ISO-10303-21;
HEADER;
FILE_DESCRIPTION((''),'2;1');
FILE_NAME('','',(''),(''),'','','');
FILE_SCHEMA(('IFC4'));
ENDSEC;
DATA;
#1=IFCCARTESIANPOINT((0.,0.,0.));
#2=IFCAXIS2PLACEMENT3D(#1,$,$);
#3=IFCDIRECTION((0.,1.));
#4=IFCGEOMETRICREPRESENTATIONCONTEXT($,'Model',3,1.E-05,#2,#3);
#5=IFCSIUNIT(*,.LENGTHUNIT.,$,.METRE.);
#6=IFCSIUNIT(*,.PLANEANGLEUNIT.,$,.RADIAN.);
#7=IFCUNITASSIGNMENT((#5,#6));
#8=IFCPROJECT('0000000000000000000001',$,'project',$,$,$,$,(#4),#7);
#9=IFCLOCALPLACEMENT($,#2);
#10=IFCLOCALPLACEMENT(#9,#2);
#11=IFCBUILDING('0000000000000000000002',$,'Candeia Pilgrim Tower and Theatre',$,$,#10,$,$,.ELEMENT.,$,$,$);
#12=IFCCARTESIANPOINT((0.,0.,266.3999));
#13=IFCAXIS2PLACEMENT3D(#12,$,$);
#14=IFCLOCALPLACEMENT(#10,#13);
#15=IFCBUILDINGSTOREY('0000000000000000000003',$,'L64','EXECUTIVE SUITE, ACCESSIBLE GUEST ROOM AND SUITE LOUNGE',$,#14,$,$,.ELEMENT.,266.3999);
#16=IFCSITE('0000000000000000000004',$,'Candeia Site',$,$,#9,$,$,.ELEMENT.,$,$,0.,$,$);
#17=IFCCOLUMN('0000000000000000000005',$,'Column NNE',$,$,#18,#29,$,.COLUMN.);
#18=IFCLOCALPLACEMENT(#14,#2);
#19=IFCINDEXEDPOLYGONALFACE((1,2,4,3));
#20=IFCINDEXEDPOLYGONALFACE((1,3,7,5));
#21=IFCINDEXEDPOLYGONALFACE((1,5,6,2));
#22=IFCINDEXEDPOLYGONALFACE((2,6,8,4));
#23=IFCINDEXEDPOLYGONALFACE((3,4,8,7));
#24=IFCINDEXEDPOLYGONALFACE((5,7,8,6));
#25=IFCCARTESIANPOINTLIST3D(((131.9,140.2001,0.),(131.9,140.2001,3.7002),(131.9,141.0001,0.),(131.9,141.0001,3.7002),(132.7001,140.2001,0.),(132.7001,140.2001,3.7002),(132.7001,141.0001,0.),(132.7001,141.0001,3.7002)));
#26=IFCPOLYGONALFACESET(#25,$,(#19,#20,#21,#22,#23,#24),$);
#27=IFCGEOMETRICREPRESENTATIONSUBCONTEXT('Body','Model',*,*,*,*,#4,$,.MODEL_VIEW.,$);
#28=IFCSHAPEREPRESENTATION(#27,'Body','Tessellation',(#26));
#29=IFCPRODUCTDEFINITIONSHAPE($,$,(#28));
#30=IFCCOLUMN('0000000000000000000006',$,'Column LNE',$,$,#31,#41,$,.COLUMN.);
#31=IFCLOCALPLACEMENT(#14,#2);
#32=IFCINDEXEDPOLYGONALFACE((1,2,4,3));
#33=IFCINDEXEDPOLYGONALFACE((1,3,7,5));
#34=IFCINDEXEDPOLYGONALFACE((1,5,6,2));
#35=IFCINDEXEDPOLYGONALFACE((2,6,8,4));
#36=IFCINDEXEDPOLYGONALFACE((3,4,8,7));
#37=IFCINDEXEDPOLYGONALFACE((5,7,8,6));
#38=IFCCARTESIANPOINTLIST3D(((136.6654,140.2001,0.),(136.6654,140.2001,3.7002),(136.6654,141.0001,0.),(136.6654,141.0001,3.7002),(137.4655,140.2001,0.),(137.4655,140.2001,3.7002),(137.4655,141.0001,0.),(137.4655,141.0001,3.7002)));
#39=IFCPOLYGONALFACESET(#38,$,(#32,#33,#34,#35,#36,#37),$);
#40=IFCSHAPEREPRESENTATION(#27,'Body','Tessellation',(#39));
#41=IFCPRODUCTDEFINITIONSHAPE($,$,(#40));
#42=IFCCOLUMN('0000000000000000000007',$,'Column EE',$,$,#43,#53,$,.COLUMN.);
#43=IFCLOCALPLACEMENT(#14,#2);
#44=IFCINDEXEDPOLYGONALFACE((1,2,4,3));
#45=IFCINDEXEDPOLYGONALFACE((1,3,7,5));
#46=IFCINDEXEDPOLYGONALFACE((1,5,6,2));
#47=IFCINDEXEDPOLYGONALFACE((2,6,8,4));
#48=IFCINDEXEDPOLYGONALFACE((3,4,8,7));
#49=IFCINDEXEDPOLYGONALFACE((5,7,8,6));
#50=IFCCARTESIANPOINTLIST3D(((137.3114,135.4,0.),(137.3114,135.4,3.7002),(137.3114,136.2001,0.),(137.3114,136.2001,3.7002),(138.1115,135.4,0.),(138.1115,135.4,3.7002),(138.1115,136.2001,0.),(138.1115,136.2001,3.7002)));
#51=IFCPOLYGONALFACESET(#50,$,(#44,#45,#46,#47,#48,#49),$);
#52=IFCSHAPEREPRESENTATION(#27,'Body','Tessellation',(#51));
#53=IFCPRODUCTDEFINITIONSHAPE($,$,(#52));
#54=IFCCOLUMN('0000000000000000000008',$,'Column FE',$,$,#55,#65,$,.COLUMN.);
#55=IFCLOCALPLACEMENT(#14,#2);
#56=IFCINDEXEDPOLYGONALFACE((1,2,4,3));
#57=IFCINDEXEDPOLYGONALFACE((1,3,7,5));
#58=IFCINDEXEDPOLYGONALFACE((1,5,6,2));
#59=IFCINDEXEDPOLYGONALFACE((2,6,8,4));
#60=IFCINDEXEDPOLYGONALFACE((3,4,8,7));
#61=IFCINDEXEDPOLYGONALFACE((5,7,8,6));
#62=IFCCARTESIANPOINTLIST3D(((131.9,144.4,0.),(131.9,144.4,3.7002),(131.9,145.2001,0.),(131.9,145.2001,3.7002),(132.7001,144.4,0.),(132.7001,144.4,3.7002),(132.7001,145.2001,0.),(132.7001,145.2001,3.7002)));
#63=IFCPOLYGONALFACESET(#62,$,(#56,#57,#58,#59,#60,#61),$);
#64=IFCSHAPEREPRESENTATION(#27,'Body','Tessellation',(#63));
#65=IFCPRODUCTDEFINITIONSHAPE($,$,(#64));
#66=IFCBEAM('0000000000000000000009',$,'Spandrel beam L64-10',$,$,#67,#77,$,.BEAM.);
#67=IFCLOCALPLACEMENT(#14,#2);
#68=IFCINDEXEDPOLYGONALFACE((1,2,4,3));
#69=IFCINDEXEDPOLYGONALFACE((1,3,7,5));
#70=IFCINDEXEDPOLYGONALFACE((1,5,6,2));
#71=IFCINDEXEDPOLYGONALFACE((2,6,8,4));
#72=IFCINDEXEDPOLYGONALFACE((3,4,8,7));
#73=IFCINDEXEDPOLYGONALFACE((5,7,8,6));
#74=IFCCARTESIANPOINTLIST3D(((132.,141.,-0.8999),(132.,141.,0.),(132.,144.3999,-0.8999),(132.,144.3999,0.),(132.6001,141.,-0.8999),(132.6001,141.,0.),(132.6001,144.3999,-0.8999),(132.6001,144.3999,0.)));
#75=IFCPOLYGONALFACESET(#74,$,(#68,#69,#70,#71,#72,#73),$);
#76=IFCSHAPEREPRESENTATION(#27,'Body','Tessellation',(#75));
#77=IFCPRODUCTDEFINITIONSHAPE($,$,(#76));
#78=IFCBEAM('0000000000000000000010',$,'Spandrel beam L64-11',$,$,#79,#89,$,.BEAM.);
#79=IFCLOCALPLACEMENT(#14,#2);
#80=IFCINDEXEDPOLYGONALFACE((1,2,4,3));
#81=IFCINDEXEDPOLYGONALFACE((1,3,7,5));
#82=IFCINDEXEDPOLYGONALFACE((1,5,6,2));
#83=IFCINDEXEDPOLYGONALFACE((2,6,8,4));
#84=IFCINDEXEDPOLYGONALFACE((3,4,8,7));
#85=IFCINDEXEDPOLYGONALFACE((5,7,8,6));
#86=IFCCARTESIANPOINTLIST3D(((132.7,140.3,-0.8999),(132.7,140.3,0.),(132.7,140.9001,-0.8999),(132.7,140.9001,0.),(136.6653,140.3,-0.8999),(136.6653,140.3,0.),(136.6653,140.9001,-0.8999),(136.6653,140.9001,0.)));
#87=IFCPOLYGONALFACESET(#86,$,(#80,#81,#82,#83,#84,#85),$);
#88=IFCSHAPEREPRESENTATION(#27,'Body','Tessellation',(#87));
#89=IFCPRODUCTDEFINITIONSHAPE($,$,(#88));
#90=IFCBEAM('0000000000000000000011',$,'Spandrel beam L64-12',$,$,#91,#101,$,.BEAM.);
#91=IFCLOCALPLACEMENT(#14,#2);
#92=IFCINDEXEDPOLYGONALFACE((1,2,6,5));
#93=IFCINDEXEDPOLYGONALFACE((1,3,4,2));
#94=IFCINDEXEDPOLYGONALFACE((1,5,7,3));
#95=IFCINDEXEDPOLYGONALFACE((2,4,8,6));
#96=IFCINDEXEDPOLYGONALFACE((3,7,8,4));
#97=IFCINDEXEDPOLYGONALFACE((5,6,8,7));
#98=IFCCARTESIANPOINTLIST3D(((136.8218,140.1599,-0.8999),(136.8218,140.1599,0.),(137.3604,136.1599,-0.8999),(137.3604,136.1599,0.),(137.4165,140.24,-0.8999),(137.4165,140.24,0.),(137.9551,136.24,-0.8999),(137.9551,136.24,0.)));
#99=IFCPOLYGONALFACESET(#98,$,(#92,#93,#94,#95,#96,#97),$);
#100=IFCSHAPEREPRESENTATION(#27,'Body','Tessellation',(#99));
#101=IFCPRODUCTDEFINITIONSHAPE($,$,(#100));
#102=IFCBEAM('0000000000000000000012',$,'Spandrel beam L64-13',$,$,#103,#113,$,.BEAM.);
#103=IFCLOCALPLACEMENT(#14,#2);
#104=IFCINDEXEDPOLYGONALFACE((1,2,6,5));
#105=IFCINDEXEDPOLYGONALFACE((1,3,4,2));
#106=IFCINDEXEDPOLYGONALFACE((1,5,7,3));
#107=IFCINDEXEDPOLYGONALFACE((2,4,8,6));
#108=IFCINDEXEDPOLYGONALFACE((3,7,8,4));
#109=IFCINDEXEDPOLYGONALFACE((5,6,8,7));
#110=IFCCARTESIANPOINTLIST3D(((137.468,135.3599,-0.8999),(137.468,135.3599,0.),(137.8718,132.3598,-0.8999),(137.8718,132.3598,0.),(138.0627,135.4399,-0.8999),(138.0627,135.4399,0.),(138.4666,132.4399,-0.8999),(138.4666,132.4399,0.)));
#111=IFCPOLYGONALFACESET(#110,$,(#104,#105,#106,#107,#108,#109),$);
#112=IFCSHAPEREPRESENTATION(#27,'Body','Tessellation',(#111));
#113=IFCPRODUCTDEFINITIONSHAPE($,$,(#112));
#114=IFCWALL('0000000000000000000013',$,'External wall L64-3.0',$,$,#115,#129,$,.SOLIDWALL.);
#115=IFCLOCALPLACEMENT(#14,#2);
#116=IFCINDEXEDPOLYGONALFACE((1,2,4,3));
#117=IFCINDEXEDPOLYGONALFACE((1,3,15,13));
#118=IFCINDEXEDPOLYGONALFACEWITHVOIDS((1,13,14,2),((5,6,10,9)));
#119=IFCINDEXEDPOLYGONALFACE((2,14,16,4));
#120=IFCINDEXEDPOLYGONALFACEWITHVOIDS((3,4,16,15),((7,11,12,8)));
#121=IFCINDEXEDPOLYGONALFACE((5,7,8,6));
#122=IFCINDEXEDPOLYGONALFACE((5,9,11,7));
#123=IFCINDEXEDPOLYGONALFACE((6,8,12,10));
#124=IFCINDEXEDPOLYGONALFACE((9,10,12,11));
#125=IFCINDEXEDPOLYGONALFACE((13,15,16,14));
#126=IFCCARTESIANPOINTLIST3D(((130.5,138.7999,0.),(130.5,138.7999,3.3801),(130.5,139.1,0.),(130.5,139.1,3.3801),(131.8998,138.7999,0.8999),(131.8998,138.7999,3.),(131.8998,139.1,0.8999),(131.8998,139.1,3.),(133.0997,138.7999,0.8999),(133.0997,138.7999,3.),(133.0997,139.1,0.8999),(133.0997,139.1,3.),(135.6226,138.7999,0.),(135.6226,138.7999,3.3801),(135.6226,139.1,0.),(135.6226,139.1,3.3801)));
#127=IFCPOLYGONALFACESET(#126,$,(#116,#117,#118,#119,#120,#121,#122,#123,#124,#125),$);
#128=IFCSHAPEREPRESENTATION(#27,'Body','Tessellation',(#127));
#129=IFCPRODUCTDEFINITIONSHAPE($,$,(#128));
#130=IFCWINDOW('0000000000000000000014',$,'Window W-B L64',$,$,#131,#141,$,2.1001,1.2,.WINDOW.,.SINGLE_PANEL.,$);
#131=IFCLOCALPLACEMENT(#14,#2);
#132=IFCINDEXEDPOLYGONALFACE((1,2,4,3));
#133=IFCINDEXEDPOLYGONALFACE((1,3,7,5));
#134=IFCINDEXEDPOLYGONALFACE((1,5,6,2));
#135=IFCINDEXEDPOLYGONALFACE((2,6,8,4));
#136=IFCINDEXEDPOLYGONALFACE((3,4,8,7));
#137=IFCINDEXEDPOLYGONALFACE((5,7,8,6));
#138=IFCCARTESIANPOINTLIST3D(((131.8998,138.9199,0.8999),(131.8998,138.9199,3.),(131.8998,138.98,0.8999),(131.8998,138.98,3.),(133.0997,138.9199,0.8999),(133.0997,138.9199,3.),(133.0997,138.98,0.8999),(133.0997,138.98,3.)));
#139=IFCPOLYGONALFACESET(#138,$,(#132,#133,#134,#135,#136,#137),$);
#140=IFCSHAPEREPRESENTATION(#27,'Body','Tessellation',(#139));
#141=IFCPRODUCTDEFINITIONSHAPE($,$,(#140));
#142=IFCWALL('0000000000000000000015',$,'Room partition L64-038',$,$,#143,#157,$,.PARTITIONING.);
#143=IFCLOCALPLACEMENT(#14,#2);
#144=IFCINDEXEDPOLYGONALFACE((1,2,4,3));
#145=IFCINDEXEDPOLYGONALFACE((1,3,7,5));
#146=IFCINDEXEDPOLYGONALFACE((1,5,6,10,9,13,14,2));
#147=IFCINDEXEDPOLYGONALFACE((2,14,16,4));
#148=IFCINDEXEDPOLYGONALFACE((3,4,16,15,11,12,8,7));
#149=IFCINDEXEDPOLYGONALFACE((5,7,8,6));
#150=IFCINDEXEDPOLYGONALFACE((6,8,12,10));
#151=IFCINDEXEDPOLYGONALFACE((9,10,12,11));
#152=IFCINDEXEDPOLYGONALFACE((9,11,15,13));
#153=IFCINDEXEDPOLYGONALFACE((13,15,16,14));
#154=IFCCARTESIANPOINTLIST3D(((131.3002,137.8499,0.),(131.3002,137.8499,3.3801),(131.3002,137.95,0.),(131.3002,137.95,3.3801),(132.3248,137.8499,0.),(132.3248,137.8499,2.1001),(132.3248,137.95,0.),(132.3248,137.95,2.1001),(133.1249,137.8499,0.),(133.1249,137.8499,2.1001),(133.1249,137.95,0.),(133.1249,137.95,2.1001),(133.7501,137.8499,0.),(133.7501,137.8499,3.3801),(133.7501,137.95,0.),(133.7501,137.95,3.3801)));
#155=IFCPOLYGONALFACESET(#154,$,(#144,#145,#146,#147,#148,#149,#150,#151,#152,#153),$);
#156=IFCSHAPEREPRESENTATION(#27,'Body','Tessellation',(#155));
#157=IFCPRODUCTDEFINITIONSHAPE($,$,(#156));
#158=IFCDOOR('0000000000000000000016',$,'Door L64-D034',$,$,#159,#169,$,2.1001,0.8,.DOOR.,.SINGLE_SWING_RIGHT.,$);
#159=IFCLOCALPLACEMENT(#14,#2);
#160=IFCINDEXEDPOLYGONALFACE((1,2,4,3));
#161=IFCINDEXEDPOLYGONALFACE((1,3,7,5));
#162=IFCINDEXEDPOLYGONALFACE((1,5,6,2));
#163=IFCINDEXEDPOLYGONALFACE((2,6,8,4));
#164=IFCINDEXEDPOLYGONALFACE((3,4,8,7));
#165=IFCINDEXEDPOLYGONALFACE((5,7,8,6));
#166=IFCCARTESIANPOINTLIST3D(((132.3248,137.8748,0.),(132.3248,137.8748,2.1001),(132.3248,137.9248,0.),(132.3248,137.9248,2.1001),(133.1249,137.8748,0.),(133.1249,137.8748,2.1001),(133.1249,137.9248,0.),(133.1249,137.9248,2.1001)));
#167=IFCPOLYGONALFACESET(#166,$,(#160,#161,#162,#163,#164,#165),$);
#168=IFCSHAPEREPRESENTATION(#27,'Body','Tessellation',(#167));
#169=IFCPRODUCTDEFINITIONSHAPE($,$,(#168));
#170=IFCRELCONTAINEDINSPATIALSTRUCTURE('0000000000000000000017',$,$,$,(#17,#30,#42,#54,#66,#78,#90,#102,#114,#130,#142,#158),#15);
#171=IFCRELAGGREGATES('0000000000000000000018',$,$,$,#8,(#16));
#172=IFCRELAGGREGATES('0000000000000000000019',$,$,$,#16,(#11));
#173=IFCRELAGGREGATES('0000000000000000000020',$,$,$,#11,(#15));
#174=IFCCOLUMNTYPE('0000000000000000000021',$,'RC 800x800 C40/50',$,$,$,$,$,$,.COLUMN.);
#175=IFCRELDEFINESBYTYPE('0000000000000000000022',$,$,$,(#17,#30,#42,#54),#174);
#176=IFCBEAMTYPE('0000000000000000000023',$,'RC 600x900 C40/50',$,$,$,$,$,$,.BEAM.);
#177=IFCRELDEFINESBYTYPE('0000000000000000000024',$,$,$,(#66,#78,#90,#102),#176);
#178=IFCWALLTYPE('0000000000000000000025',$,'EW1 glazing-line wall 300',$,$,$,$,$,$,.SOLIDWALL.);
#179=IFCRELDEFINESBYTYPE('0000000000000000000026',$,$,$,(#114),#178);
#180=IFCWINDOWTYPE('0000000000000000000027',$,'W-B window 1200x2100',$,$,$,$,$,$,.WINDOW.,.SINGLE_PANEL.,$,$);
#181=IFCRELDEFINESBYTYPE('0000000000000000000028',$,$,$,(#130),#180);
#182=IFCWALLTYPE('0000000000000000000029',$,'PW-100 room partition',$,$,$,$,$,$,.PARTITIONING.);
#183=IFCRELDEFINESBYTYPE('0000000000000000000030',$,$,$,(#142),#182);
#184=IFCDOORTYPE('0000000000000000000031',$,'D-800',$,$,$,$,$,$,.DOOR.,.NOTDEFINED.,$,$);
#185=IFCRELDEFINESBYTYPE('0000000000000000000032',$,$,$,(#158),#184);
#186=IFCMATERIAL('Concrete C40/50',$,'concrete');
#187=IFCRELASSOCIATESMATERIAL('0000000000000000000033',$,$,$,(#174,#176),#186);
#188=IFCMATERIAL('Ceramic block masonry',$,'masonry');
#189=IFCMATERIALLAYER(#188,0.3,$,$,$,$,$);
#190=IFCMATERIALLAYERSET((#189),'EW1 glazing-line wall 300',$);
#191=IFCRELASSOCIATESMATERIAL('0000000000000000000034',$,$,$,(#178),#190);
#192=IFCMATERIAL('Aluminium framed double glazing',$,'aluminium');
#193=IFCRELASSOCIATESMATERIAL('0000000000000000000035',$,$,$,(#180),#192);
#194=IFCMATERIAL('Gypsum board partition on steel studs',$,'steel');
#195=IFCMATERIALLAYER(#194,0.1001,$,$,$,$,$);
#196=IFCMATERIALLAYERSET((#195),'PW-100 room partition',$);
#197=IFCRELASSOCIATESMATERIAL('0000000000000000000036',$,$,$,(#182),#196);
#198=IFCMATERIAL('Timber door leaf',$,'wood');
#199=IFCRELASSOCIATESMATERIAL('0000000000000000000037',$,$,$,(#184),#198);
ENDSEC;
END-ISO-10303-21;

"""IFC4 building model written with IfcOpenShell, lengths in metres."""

from ifc_helpers import new_model, si_unit, direction, frame, frame_2d, origin, origin_2d, place, context, subcontext, project, spatial, rectangle, extrude, material, layer, layer_set, material_profile, profile_set, type_object, element, fill, save


model = new_model("IFC4")

# Units and contexts
model_context = context("Model", 3, precision=1e-05, world=origin(), true_north=direction((0.0, 1.0)))
body_context = subcontext(model_context, "Body", "Model", "MODEL_VIEW")
ifc_project = project(units=[si_unit("LENGTHUNIT", "METRE"), si_unit("PLANEANGLEUNIT", "RADIAN")], contexts=[model_context])

# Site, building, storey
site_placement = place(None, origin())
site = spatial("IfcSite", under=ifc_project, at=site_placement, Name="Candeia Site", CompositionType="ELEMENT", RefElevation=0.0)
building_placement = place(site_placement, origin())
building = spatial("IfcBuilding", under=site, at=building_placement, Name="Candeia Pilgrim Tower and Theatre", CompositionType="ELEMENT")
storey_placement = place(building_placement, frame((0.0, 0.0, 266.3999)))
storey = spatial("IfcBuildingStorey", under=building, at=storey_placement, Name="L64", Description="EXECUTIVE SUITE, ACCESSIBLE GUEST ROOM AND SUITE LOUNGE", CompositionType="ELEMENT", Elevation=266.3999)

# Columns
ifc_material_1 = material(Name="Concrete C40/50", Category="concrete")
ifc_material_profile_1 = material_profile(ifc_material_1, rectangle(XDim=0.8, YDim=0.8, at=origin_2d()))
ifc_profile_set_1 = profile_set([ifc_material_profile_1], Name="Concrete C40/50")
column_type = type_object("IfcColumnType", Name="RC 800x800 C40/50", PredefinedType="COLUMN", material=ifc_profile_set_1)
for number, where, z_axis, x_axis, name in (
    (1, (132.3, 140.6001, 0.0), (0.0, 0.0, 1.0), (1.0, 0.0, 0.0), "Column NNE"),
    (2, (137.0654, 140.6001, 0.0), (0.0, 0.0, 1.0), (1.0, 0.0, 0.0), "Column LNE"),
    (3, (137.7114, 135.8, 0.0), (0.0, 0.0, 1.0), (1.0, 0.0, 0.0), "Column EE"),
    (4, (132.3, 144.8, 0.0), (0.0, 0.0, 1.0), (1.0, 0.0, 0.0), "Column FE"),
):
    element("IfcColumn", number, at=place(storey_placement, frame(where, z_axis=z_axis, x_axis=x_axis)), inside=storey, type_object=column_type, Name=name, PredefinedType="COLUMN", context=body_context, shape_type="SweptSolid", body=[
        extrude(rectangle(XDim=0.8, YDim=0.8, at=origin_2d()), origin(), (0.0, 0.0, 1.0), 3.7002),
    ])

# Beams
ifc_material_profile_2 = material_profile(ifc_material_1, rectangle(XDim=0.6001, YDim=0.8999, at=origin_2d()))
ifc_profile_set_2 = profile_set([ifc_material_profile_2], Name="Concrete C40/50")
beam_type = type_object("IfcBeamType", Name="RC 600x900 C40/50", PredefinedType="BEAM", material=ifc_profile_set_2)
beam_1_placement = place(storey_placement, frame((132.3, 144.3999, -0.45), z_axis=(0.0, -1.0, 0.0), x_axis=(1.0, 0.0, 0.0)))
element("IfcBeam", 5, at=beam_1_placement, inside=storey, type_object=beam_type, Name="Spandrel beam L64-10", PredefinedType="BEAM", context=body_context, shape_type="SweptSolid", body=[
    extrude(rectangle(XDim=0.6001, YDim=0.8999, at=origin_2d()), origin(), (0.0, 0.0, 1.0), 3.3999),
])
beam_2_placement = place(storey_placement, frame((132.7, 140.6001, -0.45), z_axis=(1.0, 0.0, 0.0), x_axis=(0.0, 1.0, 0.0)))
element("IfcBeam", 6, at=beam_2_placement, inside=storey, type_object=beam_type, Name="Spandrel beam L64-11", PredefinedType="BEAM", context=body_context, shape_type="SweptSolid", body=[
    extrude(rectangle(XDim=0.6001, YDim=0.8999, at=origin_2d()), origin(), (0.0, 0.0, 1.0), 3.9653),
])
beam_3_placement = place(storey_placement, frame((137.1191, 140.2, -0.45), z_axis=(0.133439, -0.991057, 0.0), x_axis=(0.991057, 0.133439, 0.0)))
element("IfcBeam", 7, at=beam_3_placement, inside=storey, type_object=beam_type, Name="Spandrel beam L64-12", PredefinedType="BEAM", context=body_context, shape_type="SweptSolid", body=[
    extrude(rectangle(XDim=0.6001, YDim=0.8999, at=origin_2d()), origin(), (0.0, 0.0, 1.0), 4.0361),
])
beam_4_placement = place(storey_placement, frame((137.7654, 135.3999, -0.45), z_axis=(0.1334, -0.991062, 0.0), x_axis=(0.991062, 0.1334, 0.0)))
element("IfcBeam", 8, at=beam_4_placement, inside=storey, type_object=beam_type, Name="Spandrel beam L64-13", PredefinedType="BEAM", context=body_context, shape_type="SweptSolid", body=[
    extrude(rectangle(XDim=0.6001, YDim=0.8999, at=origin_2d()), origin(), (0.0, 0.0, 1.0), 3.0271),
])

# Wall, opening, window
ifc_material_2 = material(Name="Ceramic block masonry", Category="masonry")
ifc_layer_1 = layer(ifc_material_2, 0.3)
ifc_layer_set_1 = layer_set([ifc_layer_1], Name="EW1 glazing-line wall 300")
wall_type_1 = type_object("IfcWallType", Name="EW1 glazing-line wall 300", PredefinedType="SOLIDWALL", material=ifc_layer_set_1)
wall_1_placement = place(storey_placement, frame((135.6226, 138.95, 0.0), z_axis=(0.0, 0.0, 1.0), x_axis=(-1.0, 0.0, 0.0)))
wall_1 = element("IfcWall", 9, at=wall_1_placement, inside=storey, type_object=wall_type_1, Name="External wall L64-3.0", PredefinedType="SOLIDWALL", context=body_context, shape_type="SweptSolid", body=[
    extrude(rectangle(XDim=5.1226, YDim=0.3, at=frame_2d((2.5613, 0.0))), origin(), (0.0, 0.0, 1.0), 3.3801),
])
opening_1_placement = place(wall_1_placement, frame((2.5227, 0.0, 0.8999)))
opening_1 = element("IfcOpeningElement", 10, at=opening_1_placement, cuts=wall_1, PredefinedType="OPENING", context=body_context, shape_type="SweptSolid", body=[
    extrude(rectangle(XDim=1.2, YDim=2.1001, at=frame_2d((0.6001, 1.05))), frame((0.0, 0.1602, 0.0), z_axis=(0.0, -1.0, 0.0), x_axis=(1.0, 0.0, 0.0)), (0.0, 0.0, 1.0), 0.3201),
])
ifc_material_3 = material(Name="Aluminium framed double glazing", Category="aluminium")
window_type = type_object("IfcWindowType", Name="W-B window 1200x2100", PartitioningType="SINGLE_PANEL", PredefinedType="WINDOW", material=ifc_material_3)
window_placement = place(opening_1_placement, origin())
window = element("IfcWindow", 11, at=window_placement, inside=storey, type_object=window_type, Name="Window W-B L64", OverallHeight=2.1001, OverallWidth=1.2, PartitioningType="SINGLE_PANEL", PredefinedType="WINDOW", context=body_context, shape_type="SweptSolid", body=[
    extrude(rectangle(XDim=1.2, YDim=2.1001, at=frame_2d((0.6001, 1.05))), frame((0.0, 0.03, 0.0), z_axis=(0.0, -1.0, 0.0), x_axis=(1.0, 0.0, 0.0)), (0.0, 0.0, 1.0), 0.0601),
])
fill(opening_1, window)

# Wall, opening, door
ifc_material_4 = material(Name="Gypsum board partition on steel studs", Category="steel")
ifc_layer_2 = layer(ifc_material_4, 0.1001)
ifc_layer_set_2 = layer_set([ifc_layer_2], Name="PW-100 room partition")
wall_type_2 = type_object("IfcWallType", Name="PW-100 room partition", PredefinedType="PARTITIONING", material=ifc_layer_set_2)
wall_2_placement = place(storey_placement, frame((131.3, 137.8999, 0.0), z_axis=(0.0, 0.0, 1.0), x_axis=(1.0, 0.0, 0.0)))
wall_2 = element("IfcWall", 12, at=wall_2_placement, inside=storey, type_object=wall_type_2, Name="Room partition L64-038", PredefinedType="PARTITIONING", context=body_context, shape_type="SweptSolid", body=[
    extrude(rectangle(XDim=2.45, YDim=0.1001, at=frame_2d((1.2251, 0.0))), origin(), (0.0, 0.0, 1.0), 3.3801),
])
opening_2_placement = place(wall_2_placement, frame((1.0249, 0.0, 0.0)))
opening_2 = element("IfcOpeningElement", 13, at=opening_2_placement, cuts=wall_2, PredefinedType="OPENING", context=body_context, shape_type="SweptSolid", body=[
    extrude(rectangle(XDim=0.8, YDim=2.1001, at=frame_2d((0.3999, 1.05))), frame((0.0, 0.0601, 0.0), z_axis=(0.0, -1.0, 0.0), x_axis=(1.0, 0.0, 0.0)), (0.0, 0.0, 1.0), 0.1201),
])
ifc_material_5 = material(Name="Timber door leaf", Category="wood")
door_type = type_object("IfcDoorType", Name="D-800", OperationType="NOTDEFINED", PredefinedType="DOOR", material=ifc_material_5)
door_1_placement = place(opening_2_placement, origin())
door_1 = element("IfcDoor", 14, at=door_1_placement, inside=storey, type_object=door_type, Name="Door L64-D034", OperationType="SINGLE_SWING_RIGHT", OverallHeight=2.1001, OverallWidth=0.8, PredefinedType="DOOR", context=body_context, shape_type="SweptSolid", body=[
    extrude(rectangle(XDim=0.8, YDim=2.1001, at=frame_2d((0.3999, 1.05))), frame((0.0, 0.0249, 0.0), z_axis=(0.0, -1.0, 0.0), x_axis=(1.0, 0.0, 0.0)), (0.0, 0.0, 1.0), 0.05),
])
fill(opening_2, door_1)

save(model, "model.ifc")
